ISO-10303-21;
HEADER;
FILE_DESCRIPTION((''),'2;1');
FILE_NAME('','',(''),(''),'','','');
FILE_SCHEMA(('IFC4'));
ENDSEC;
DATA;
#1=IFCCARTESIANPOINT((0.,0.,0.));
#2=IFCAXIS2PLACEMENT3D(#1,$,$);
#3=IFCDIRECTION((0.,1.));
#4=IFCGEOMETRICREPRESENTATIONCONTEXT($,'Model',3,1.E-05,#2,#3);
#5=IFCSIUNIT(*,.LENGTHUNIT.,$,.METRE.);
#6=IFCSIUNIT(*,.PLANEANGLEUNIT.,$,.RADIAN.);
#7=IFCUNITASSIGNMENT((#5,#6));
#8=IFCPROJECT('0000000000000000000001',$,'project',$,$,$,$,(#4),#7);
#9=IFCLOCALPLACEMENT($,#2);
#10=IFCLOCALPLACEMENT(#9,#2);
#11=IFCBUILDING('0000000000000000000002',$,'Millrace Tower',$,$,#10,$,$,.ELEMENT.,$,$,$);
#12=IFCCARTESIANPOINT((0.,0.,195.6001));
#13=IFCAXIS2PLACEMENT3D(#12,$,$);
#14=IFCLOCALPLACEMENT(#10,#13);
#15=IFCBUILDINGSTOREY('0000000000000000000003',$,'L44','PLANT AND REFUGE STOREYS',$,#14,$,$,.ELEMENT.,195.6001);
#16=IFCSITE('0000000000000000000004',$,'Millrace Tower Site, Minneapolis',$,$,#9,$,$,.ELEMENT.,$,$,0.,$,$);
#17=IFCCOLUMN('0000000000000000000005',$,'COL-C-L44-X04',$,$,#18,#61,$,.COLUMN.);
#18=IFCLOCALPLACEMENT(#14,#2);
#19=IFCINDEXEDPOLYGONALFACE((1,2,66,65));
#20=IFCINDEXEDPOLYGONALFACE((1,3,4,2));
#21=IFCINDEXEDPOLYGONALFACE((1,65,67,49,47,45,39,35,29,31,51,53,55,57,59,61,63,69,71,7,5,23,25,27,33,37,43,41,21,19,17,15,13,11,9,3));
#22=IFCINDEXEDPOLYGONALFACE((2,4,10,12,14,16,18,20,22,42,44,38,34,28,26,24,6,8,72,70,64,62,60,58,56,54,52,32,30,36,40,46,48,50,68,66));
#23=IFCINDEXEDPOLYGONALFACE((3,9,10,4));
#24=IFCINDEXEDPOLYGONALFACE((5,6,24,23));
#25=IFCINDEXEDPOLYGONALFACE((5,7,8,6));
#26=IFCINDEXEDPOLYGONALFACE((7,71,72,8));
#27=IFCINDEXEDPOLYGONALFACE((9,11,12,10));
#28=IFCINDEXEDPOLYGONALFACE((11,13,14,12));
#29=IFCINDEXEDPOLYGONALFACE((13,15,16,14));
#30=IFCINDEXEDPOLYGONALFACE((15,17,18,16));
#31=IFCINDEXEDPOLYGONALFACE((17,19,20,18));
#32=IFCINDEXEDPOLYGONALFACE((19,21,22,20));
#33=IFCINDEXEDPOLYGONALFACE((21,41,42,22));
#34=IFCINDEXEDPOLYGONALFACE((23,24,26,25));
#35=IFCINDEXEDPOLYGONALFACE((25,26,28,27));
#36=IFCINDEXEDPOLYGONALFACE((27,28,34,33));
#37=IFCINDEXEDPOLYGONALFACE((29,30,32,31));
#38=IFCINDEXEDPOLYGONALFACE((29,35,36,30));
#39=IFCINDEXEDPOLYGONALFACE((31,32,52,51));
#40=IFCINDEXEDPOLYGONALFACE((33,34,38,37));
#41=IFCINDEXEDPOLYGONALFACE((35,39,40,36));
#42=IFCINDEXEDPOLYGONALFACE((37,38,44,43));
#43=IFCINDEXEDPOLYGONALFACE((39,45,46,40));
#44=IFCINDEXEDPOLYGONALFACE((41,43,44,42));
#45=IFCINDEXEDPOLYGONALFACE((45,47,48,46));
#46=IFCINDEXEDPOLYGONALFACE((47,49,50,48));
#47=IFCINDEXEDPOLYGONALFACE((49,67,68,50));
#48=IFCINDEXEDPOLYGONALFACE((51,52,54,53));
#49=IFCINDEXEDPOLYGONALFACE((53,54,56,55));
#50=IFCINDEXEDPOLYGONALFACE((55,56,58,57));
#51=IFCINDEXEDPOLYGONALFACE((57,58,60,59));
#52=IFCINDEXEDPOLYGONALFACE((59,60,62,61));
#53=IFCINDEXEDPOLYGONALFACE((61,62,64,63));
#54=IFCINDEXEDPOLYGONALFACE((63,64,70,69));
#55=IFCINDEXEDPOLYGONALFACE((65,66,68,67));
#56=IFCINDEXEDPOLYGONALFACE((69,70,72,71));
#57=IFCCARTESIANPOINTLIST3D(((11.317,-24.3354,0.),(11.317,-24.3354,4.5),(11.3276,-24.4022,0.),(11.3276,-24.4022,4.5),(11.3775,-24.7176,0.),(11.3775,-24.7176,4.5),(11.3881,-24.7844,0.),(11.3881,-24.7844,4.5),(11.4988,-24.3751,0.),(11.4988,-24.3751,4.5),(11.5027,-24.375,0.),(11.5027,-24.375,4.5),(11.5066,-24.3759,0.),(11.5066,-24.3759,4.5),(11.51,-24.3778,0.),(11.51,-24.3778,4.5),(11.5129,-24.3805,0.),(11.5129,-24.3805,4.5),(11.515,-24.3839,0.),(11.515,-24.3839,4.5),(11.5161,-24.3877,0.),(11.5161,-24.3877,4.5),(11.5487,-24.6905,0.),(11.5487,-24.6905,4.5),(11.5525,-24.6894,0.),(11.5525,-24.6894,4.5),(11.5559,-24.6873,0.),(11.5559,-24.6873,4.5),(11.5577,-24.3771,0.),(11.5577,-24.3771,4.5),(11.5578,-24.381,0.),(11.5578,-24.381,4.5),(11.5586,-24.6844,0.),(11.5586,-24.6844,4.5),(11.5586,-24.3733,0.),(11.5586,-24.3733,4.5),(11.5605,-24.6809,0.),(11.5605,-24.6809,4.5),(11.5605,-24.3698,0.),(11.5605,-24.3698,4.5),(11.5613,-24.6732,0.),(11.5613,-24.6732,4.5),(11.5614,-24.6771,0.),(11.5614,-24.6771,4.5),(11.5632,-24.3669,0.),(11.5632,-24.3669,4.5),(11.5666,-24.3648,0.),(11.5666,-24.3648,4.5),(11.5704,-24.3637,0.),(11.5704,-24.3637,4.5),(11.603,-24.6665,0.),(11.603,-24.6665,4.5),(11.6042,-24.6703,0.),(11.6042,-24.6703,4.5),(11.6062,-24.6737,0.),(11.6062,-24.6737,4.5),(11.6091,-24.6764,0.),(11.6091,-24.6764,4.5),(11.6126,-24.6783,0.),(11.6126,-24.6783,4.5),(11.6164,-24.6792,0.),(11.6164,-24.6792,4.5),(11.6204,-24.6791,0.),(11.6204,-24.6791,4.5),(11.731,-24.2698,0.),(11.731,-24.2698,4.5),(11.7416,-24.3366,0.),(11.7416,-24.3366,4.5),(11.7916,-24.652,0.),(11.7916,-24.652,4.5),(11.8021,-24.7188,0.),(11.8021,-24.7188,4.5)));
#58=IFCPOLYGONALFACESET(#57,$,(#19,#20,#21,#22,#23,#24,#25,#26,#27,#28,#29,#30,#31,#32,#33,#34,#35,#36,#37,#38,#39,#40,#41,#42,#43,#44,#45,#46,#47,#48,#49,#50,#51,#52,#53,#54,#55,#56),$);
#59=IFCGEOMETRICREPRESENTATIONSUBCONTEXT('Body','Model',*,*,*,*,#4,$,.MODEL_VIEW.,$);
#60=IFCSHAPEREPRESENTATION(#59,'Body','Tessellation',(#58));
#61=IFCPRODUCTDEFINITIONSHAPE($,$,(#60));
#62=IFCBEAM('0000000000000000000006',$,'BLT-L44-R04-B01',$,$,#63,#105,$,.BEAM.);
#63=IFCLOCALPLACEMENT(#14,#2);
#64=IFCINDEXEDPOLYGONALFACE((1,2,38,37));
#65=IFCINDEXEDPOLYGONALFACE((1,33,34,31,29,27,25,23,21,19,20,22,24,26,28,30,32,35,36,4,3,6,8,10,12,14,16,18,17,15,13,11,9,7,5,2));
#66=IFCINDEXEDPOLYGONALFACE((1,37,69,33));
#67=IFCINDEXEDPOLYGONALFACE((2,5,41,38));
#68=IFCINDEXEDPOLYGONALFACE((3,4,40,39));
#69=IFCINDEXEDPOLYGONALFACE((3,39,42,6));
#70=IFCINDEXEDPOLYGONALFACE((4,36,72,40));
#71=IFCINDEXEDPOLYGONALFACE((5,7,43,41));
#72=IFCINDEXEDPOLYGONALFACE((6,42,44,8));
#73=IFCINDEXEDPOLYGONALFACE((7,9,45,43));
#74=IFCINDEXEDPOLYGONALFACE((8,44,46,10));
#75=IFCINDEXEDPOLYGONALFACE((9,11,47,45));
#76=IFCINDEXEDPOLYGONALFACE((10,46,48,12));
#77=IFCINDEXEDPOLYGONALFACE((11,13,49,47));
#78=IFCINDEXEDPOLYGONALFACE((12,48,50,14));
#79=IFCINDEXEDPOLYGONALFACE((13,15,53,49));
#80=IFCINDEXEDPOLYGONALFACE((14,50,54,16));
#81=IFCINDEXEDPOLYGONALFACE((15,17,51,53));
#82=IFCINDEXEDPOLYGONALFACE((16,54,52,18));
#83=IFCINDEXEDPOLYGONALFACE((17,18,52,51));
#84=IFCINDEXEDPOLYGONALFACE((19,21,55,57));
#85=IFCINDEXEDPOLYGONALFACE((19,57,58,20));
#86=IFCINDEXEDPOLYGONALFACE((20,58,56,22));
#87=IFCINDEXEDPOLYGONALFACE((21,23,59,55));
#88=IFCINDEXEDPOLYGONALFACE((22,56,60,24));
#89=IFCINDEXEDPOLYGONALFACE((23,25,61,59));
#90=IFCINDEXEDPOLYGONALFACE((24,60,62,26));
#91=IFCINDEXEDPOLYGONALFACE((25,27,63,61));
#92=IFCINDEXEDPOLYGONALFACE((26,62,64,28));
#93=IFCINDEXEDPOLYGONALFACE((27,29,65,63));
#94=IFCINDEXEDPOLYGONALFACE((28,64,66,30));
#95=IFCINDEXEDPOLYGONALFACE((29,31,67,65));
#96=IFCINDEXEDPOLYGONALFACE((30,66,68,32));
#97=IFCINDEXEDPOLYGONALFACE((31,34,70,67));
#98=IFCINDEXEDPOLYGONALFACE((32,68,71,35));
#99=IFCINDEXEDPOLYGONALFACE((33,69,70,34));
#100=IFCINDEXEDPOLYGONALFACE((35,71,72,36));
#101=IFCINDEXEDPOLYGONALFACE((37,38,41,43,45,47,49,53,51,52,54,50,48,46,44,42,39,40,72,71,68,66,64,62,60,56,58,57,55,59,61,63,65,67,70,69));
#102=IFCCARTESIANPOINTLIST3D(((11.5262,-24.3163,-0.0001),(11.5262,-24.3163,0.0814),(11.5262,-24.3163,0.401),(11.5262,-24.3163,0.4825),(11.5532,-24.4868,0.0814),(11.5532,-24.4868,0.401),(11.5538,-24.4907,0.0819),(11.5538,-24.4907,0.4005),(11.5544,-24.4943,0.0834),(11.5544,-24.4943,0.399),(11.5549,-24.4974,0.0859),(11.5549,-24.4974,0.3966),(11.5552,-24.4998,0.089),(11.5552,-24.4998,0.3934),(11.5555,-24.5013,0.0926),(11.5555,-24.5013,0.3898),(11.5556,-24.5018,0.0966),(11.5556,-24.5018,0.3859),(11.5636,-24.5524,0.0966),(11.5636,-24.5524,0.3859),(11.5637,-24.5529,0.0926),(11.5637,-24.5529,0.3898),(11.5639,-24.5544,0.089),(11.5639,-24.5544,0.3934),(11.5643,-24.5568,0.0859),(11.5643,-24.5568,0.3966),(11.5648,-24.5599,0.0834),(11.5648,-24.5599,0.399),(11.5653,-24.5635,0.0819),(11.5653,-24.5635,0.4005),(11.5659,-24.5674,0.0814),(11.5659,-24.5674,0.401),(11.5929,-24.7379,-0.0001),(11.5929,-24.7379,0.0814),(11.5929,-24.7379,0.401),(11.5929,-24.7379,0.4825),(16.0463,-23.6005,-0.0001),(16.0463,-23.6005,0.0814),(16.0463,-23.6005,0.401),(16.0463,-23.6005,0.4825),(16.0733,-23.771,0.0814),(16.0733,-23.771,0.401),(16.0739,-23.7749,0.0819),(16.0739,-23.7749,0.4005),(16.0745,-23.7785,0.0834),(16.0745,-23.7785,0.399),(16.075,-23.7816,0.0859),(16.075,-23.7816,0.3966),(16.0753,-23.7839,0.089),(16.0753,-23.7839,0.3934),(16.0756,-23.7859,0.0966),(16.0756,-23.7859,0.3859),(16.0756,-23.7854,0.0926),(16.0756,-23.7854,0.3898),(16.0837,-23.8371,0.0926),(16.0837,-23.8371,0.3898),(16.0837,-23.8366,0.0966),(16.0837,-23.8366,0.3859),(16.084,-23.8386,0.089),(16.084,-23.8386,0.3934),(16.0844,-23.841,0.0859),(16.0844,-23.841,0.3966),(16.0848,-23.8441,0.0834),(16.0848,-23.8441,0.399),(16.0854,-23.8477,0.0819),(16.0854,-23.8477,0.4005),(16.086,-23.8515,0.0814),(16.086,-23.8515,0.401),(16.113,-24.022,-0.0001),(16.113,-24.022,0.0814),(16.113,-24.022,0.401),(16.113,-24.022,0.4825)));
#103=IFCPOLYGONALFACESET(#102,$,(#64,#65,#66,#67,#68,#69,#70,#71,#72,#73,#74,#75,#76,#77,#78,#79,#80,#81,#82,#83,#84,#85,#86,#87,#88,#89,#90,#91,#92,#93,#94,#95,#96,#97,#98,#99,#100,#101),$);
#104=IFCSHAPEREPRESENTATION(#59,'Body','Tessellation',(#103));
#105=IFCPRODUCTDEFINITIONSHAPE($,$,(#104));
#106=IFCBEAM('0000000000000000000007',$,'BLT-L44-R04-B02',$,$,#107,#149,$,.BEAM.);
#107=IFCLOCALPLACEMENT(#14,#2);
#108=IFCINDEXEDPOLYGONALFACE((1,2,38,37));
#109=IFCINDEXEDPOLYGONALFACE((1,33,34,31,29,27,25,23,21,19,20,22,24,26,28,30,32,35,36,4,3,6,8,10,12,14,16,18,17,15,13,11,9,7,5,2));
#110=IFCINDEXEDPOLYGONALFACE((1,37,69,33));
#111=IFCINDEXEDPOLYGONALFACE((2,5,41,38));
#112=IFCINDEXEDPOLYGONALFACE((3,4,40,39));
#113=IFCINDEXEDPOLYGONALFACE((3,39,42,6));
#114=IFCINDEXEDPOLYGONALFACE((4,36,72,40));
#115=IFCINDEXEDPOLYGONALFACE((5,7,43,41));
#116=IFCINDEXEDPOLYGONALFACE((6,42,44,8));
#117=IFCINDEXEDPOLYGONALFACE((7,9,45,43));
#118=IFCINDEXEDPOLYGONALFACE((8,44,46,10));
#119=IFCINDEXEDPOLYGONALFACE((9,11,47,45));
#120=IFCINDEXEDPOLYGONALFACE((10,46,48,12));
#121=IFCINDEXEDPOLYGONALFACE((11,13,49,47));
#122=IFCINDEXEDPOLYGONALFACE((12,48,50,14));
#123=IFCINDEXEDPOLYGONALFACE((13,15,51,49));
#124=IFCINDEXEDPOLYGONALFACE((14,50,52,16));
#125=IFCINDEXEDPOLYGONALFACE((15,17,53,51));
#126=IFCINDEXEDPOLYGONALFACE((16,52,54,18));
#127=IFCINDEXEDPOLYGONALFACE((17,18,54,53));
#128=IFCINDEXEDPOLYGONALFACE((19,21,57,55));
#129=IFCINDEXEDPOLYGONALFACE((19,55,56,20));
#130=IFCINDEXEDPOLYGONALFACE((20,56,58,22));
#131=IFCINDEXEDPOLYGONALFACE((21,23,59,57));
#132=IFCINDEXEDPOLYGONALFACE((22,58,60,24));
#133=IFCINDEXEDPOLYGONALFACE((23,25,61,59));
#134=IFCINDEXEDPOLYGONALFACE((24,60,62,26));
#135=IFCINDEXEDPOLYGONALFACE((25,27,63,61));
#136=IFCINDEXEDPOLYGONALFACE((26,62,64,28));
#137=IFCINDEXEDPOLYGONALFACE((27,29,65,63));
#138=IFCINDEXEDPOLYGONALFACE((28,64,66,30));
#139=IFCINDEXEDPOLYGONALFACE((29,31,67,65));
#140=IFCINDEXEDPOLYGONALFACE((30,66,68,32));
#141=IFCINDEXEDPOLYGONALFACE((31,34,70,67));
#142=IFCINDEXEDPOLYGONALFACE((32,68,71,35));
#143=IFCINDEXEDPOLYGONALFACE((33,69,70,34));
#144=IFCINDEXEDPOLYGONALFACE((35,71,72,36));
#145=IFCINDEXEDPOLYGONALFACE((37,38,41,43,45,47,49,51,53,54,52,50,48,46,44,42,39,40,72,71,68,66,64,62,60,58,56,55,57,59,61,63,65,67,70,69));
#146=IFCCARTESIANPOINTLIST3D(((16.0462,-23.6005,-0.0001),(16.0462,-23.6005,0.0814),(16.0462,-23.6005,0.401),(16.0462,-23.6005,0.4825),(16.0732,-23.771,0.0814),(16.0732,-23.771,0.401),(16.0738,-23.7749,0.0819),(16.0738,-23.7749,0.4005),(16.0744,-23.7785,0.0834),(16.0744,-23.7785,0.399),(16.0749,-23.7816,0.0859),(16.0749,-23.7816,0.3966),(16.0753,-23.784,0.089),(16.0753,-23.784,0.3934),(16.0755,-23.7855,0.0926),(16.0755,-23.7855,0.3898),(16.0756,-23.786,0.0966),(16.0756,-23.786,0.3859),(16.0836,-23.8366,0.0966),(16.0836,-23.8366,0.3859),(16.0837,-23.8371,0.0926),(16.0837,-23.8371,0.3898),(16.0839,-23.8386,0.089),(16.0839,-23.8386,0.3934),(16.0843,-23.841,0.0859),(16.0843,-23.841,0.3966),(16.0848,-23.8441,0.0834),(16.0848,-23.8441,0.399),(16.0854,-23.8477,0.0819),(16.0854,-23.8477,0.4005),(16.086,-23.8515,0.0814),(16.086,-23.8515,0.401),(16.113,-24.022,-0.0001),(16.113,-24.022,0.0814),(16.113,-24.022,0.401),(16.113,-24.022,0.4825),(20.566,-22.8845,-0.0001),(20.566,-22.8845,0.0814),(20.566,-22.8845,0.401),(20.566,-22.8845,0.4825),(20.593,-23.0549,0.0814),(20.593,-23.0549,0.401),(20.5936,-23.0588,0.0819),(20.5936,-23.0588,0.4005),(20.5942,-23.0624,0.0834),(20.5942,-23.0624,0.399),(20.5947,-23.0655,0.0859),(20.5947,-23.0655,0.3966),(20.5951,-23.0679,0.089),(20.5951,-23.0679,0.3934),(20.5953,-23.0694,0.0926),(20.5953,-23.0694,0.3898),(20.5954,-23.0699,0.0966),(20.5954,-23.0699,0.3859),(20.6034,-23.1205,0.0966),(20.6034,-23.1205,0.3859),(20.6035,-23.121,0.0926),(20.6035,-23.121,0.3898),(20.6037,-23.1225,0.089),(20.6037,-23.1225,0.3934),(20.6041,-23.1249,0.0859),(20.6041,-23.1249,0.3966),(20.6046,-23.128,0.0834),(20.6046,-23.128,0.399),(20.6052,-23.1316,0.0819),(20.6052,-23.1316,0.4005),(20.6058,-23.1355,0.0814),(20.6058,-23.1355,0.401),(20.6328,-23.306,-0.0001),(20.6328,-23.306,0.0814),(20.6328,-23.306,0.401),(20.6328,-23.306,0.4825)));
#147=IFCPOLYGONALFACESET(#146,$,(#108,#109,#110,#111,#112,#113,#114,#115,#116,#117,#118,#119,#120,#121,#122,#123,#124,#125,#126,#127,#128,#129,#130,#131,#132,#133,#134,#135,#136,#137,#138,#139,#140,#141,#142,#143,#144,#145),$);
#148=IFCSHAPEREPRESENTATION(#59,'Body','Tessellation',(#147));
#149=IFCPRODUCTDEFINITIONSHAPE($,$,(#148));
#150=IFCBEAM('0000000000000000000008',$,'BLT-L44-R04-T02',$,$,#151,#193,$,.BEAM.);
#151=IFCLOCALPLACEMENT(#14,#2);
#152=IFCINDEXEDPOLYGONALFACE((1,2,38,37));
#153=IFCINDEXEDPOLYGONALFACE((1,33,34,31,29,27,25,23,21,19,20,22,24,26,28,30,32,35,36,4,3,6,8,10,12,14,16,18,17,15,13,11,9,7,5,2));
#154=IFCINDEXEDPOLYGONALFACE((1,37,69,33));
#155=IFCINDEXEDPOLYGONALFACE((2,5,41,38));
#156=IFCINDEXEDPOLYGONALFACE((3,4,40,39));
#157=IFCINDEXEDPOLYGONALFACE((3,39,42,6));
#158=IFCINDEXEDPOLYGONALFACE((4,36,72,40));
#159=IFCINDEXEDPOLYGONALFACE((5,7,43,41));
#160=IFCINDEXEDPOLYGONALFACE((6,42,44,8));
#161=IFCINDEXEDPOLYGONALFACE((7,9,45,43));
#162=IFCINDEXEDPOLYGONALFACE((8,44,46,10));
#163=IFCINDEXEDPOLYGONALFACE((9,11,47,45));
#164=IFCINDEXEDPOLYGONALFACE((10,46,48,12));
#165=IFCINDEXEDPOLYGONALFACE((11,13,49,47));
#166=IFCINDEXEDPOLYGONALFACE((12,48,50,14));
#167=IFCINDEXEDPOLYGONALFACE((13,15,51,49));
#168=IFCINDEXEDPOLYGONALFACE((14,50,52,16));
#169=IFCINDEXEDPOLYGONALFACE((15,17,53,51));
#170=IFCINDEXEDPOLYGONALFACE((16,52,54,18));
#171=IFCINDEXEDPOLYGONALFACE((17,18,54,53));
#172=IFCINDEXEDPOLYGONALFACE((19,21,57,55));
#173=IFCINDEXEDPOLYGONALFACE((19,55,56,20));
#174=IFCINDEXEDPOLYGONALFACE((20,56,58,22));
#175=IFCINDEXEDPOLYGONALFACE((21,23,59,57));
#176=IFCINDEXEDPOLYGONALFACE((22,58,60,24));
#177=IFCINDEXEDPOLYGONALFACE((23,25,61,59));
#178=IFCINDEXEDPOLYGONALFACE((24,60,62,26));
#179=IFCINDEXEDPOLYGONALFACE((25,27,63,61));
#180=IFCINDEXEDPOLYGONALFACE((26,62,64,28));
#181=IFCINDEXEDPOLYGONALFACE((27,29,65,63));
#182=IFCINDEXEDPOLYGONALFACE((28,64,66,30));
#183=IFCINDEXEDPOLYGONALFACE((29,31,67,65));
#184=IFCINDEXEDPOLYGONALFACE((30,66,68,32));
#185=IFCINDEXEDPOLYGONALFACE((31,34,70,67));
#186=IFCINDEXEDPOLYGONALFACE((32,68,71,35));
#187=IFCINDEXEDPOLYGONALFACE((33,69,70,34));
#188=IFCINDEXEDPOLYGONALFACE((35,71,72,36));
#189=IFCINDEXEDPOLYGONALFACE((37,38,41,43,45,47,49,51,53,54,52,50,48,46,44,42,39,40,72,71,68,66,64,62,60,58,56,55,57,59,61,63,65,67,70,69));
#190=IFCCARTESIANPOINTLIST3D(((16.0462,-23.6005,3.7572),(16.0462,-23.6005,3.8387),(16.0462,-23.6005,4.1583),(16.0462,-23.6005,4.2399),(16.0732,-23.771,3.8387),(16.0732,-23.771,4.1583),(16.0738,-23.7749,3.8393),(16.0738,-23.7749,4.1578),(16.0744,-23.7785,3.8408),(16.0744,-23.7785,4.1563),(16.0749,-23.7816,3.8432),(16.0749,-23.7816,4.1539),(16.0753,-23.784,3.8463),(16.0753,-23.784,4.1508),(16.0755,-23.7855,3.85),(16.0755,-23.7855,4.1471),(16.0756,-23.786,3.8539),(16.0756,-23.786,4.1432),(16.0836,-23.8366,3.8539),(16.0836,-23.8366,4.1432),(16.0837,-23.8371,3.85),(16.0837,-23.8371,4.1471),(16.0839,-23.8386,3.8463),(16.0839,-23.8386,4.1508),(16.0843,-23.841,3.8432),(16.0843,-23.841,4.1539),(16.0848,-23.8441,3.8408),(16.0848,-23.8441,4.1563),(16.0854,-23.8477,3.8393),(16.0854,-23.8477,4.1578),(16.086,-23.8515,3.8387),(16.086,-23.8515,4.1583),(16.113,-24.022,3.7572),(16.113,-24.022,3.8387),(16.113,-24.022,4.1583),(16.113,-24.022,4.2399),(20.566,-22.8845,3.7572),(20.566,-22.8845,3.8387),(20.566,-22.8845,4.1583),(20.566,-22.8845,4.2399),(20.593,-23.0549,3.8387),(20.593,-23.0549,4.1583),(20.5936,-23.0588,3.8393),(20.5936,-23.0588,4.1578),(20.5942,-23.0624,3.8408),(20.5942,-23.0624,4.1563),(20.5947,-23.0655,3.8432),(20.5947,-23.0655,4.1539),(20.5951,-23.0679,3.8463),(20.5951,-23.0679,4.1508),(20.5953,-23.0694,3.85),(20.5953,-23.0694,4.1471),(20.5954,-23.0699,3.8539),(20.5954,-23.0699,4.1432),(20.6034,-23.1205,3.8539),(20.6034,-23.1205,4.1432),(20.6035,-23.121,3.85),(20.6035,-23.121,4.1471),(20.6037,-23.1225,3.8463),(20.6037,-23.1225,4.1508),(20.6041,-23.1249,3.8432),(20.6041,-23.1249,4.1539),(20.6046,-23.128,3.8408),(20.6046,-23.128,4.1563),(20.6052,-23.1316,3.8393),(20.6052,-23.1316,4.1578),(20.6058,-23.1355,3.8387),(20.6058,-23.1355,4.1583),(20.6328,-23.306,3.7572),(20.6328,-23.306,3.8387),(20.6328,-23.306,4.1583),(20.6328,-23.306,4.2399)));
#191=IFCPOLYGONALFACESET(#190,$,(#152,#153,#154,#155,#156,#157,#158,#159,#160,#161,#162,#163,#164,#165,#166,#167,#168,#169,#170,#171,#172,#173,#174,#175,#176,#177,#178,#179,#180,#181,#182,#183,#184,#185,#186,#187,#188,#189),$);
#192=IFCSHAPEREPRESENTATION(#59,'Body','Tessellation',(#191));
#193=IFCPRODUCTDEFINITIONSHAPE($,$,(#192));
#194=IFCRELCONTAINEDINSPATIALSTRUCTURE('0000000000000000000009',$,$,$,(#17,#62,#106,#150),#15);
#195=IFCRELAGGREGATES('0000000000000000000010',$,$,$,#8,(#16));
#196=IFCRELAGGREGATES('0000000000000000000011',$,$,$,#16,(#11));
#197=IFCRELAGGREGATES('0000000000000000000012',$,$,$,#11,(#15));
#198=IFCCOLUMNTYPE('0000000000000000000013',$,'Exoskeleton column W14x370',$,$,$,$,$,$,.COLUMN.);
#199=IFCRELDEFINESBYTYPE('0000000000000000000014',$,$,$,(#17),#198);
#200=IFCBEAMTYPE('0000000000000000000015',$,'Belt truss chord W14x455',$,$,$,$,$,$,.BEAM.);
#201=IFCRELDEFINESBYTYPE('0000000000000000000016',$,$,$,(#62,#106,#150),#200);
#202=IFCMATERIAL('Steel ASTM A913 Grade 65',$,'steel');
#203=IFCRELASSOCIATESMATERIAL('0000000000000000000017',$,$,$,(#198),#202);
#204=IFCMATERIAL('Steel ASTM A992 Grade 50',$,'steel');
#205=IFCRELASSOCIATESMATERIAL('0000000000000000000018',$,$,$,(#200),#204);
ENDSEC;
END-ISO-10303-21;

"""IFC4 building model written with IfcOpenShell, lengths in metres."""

from ifc_helpers import new_model, si_unit, direction, frame, origin, origin_2d, place, context, subcontext, project, spatial, i_section, extrude, material, material_profile, profile_set, type_object, element, save


model = new_model("IFC4")

# Units and contexts
model_context = context("Model", 3, precision=1e-05, world=origin(), true_north=direction((0.0, 1.0)))
body_context = subcontext(model_context, "Body", "Model", "MODEL_VIEW")
ifc_project = project(units=[si_unit("LENGTHUNIT", "METRE"), si_unit("PLANEANGLEUNIT", "RADIAN")], contexts=[model_context])

# Site, building, storey
site_placement = place(None, origin())
site = spatial("IfcSite", under=ifc_project, at=site_placement, Name="Millrace Tower Site, Minneapolis", CompositionType="ELEMENT", RefElevation=0.0)
building_placement = place(site_placement, origin())
building = spatial("IfcBuilding", under=site, at=building_placement, Name="Millrace Tower", CompositionType="ELEMENT")
storey_placement = place(building_placement, frame((0.0, 0.0, 195.6001)))
storey = spatial("IfcBuildingStorey", under=building, at=storey_placement, Name="L44", Description="PLANT AND REFUGE STOREYS", CompositionType="ELEMENT", Elevation=195.6001)

# Column
ifc_material_1 = material(Name="Steel ASTM A913 Grade 65", Category="steel")
ifc_material_profile_1 = material_profile(ifc_material_1, i_section(OverallWidth=0.4192, OverallDepth=0.4546, WebThickness=0.0422, FlangeThickness=0.0676, FilletRadius=0.0151, at=origin_2d()))
ifc_profile_set_1 = profile_set([ifc_material_profile_1], Name="Steel ASTM A913 Grade 65")
column_type = type_object("IfcColumnType", Name="Exoskeleton column W14x370", PredefinedType="COLUMN", material=ifc_profile_set_1)
column_placement = place(storey_placement, frame((11.5596, -24.5271, 0.0), z_axis=(0.0, 0.0, 1.0), x_axis=(0.987688, 0.156434, 0.0)))
element("IfcColumn", 1, at=column_placement, inside=storey, type_object=column_type, Name="COL-C-L44-X04", PredefinedType="COLUMN", context=body_context, shape_type="SweptSolid", body=[
    extrude(i_section(OverallWidth=0.4192, OverallDepth=0.4546, WebThickness=0.0422, FlangeThickness=0.0676, FilletRadius=0.0151, at=origin_2d()), origin(), (0.0, 0.0, 1.0), 4.5),
])

# Beams
ifc_material_2 = material(Name="Steel ASTM A992 Grade 50", Category="steel")
ifc_material_profile_2 = material_profile(ifc_material_2, i_section(OverallWidth=0.4268, OverallDepth=0.4827, WebThickness=0.0513, FlangeThickness=0.0815, FilletRadius=0.0151, at=origin_2d()))
ifc_profile_set_2 = profile_set([ifc_material_profile_2], Name="Steel ASTM A992 Grade 50")
beam_type_1 = type_object("IfcBeamType", Name="Belt truss chord W14x455", PredefinedType="BEAM", material=ifc_profile_set_2)
beam_1_placement = place(storey_placement, frame((11.5596, -24.5271, 0.2412), z_axis=(0.987691, 0.156417, 0.0), x_axis=(-0.156417, 0.987691, 0.0)))
element("IfcBeam", 2, at=beam_1_placement, inside=storey, type_object=beam_type_1, Name="BLT-L44-R04-B01", PredefinedType="BEAM", context=body_context, shape_type="SweptSolid", body=[
    extrude(i_section(OverallWidth=0.4268, OverallDepth=0.4827, WebThickness=0.0513, FlangeThickness=0.0815, FilletRadius=0.0151, at=origin_2d()), origin(), (0.0, 0.0, 1.0), 4.5764),
])
for number, where, z_axis, x_axis, name in (
    (3, (16.0796, -23.8113, 0.2412), (0.987682, 0.156478, 0.0), (-0.156478, 0.987682, 0.0), "BLT-L44-R04-B02"),
    (4, (16.0796, -23.8113, 3.9985), (0.987682, 0.156478, 0.0), (-0.156478, 0.987682, 0.0), "BLT-L44-R04-T02"),
):
    element("IfcBeam", number, at=place(storey_placement, frame(where, z_axis=z_axis, x_axis=x_axis)), inside=storey, type_object=beam_type_1, Name=name, PredefinedType="BEAM", context=body_context, shape_type="SweptSolid", body=[
        extrude(i_section(OverallWidth=0.4268, OverallDepth=0.4827, WebThickness=0.0513, FlangeThickness=0.0815, FilletRadius=0.0151, at=origin_2d()), origin(), (0.0, 0.0, 1.0), 4.5762),
    ])

save(model, "model.ifc")
